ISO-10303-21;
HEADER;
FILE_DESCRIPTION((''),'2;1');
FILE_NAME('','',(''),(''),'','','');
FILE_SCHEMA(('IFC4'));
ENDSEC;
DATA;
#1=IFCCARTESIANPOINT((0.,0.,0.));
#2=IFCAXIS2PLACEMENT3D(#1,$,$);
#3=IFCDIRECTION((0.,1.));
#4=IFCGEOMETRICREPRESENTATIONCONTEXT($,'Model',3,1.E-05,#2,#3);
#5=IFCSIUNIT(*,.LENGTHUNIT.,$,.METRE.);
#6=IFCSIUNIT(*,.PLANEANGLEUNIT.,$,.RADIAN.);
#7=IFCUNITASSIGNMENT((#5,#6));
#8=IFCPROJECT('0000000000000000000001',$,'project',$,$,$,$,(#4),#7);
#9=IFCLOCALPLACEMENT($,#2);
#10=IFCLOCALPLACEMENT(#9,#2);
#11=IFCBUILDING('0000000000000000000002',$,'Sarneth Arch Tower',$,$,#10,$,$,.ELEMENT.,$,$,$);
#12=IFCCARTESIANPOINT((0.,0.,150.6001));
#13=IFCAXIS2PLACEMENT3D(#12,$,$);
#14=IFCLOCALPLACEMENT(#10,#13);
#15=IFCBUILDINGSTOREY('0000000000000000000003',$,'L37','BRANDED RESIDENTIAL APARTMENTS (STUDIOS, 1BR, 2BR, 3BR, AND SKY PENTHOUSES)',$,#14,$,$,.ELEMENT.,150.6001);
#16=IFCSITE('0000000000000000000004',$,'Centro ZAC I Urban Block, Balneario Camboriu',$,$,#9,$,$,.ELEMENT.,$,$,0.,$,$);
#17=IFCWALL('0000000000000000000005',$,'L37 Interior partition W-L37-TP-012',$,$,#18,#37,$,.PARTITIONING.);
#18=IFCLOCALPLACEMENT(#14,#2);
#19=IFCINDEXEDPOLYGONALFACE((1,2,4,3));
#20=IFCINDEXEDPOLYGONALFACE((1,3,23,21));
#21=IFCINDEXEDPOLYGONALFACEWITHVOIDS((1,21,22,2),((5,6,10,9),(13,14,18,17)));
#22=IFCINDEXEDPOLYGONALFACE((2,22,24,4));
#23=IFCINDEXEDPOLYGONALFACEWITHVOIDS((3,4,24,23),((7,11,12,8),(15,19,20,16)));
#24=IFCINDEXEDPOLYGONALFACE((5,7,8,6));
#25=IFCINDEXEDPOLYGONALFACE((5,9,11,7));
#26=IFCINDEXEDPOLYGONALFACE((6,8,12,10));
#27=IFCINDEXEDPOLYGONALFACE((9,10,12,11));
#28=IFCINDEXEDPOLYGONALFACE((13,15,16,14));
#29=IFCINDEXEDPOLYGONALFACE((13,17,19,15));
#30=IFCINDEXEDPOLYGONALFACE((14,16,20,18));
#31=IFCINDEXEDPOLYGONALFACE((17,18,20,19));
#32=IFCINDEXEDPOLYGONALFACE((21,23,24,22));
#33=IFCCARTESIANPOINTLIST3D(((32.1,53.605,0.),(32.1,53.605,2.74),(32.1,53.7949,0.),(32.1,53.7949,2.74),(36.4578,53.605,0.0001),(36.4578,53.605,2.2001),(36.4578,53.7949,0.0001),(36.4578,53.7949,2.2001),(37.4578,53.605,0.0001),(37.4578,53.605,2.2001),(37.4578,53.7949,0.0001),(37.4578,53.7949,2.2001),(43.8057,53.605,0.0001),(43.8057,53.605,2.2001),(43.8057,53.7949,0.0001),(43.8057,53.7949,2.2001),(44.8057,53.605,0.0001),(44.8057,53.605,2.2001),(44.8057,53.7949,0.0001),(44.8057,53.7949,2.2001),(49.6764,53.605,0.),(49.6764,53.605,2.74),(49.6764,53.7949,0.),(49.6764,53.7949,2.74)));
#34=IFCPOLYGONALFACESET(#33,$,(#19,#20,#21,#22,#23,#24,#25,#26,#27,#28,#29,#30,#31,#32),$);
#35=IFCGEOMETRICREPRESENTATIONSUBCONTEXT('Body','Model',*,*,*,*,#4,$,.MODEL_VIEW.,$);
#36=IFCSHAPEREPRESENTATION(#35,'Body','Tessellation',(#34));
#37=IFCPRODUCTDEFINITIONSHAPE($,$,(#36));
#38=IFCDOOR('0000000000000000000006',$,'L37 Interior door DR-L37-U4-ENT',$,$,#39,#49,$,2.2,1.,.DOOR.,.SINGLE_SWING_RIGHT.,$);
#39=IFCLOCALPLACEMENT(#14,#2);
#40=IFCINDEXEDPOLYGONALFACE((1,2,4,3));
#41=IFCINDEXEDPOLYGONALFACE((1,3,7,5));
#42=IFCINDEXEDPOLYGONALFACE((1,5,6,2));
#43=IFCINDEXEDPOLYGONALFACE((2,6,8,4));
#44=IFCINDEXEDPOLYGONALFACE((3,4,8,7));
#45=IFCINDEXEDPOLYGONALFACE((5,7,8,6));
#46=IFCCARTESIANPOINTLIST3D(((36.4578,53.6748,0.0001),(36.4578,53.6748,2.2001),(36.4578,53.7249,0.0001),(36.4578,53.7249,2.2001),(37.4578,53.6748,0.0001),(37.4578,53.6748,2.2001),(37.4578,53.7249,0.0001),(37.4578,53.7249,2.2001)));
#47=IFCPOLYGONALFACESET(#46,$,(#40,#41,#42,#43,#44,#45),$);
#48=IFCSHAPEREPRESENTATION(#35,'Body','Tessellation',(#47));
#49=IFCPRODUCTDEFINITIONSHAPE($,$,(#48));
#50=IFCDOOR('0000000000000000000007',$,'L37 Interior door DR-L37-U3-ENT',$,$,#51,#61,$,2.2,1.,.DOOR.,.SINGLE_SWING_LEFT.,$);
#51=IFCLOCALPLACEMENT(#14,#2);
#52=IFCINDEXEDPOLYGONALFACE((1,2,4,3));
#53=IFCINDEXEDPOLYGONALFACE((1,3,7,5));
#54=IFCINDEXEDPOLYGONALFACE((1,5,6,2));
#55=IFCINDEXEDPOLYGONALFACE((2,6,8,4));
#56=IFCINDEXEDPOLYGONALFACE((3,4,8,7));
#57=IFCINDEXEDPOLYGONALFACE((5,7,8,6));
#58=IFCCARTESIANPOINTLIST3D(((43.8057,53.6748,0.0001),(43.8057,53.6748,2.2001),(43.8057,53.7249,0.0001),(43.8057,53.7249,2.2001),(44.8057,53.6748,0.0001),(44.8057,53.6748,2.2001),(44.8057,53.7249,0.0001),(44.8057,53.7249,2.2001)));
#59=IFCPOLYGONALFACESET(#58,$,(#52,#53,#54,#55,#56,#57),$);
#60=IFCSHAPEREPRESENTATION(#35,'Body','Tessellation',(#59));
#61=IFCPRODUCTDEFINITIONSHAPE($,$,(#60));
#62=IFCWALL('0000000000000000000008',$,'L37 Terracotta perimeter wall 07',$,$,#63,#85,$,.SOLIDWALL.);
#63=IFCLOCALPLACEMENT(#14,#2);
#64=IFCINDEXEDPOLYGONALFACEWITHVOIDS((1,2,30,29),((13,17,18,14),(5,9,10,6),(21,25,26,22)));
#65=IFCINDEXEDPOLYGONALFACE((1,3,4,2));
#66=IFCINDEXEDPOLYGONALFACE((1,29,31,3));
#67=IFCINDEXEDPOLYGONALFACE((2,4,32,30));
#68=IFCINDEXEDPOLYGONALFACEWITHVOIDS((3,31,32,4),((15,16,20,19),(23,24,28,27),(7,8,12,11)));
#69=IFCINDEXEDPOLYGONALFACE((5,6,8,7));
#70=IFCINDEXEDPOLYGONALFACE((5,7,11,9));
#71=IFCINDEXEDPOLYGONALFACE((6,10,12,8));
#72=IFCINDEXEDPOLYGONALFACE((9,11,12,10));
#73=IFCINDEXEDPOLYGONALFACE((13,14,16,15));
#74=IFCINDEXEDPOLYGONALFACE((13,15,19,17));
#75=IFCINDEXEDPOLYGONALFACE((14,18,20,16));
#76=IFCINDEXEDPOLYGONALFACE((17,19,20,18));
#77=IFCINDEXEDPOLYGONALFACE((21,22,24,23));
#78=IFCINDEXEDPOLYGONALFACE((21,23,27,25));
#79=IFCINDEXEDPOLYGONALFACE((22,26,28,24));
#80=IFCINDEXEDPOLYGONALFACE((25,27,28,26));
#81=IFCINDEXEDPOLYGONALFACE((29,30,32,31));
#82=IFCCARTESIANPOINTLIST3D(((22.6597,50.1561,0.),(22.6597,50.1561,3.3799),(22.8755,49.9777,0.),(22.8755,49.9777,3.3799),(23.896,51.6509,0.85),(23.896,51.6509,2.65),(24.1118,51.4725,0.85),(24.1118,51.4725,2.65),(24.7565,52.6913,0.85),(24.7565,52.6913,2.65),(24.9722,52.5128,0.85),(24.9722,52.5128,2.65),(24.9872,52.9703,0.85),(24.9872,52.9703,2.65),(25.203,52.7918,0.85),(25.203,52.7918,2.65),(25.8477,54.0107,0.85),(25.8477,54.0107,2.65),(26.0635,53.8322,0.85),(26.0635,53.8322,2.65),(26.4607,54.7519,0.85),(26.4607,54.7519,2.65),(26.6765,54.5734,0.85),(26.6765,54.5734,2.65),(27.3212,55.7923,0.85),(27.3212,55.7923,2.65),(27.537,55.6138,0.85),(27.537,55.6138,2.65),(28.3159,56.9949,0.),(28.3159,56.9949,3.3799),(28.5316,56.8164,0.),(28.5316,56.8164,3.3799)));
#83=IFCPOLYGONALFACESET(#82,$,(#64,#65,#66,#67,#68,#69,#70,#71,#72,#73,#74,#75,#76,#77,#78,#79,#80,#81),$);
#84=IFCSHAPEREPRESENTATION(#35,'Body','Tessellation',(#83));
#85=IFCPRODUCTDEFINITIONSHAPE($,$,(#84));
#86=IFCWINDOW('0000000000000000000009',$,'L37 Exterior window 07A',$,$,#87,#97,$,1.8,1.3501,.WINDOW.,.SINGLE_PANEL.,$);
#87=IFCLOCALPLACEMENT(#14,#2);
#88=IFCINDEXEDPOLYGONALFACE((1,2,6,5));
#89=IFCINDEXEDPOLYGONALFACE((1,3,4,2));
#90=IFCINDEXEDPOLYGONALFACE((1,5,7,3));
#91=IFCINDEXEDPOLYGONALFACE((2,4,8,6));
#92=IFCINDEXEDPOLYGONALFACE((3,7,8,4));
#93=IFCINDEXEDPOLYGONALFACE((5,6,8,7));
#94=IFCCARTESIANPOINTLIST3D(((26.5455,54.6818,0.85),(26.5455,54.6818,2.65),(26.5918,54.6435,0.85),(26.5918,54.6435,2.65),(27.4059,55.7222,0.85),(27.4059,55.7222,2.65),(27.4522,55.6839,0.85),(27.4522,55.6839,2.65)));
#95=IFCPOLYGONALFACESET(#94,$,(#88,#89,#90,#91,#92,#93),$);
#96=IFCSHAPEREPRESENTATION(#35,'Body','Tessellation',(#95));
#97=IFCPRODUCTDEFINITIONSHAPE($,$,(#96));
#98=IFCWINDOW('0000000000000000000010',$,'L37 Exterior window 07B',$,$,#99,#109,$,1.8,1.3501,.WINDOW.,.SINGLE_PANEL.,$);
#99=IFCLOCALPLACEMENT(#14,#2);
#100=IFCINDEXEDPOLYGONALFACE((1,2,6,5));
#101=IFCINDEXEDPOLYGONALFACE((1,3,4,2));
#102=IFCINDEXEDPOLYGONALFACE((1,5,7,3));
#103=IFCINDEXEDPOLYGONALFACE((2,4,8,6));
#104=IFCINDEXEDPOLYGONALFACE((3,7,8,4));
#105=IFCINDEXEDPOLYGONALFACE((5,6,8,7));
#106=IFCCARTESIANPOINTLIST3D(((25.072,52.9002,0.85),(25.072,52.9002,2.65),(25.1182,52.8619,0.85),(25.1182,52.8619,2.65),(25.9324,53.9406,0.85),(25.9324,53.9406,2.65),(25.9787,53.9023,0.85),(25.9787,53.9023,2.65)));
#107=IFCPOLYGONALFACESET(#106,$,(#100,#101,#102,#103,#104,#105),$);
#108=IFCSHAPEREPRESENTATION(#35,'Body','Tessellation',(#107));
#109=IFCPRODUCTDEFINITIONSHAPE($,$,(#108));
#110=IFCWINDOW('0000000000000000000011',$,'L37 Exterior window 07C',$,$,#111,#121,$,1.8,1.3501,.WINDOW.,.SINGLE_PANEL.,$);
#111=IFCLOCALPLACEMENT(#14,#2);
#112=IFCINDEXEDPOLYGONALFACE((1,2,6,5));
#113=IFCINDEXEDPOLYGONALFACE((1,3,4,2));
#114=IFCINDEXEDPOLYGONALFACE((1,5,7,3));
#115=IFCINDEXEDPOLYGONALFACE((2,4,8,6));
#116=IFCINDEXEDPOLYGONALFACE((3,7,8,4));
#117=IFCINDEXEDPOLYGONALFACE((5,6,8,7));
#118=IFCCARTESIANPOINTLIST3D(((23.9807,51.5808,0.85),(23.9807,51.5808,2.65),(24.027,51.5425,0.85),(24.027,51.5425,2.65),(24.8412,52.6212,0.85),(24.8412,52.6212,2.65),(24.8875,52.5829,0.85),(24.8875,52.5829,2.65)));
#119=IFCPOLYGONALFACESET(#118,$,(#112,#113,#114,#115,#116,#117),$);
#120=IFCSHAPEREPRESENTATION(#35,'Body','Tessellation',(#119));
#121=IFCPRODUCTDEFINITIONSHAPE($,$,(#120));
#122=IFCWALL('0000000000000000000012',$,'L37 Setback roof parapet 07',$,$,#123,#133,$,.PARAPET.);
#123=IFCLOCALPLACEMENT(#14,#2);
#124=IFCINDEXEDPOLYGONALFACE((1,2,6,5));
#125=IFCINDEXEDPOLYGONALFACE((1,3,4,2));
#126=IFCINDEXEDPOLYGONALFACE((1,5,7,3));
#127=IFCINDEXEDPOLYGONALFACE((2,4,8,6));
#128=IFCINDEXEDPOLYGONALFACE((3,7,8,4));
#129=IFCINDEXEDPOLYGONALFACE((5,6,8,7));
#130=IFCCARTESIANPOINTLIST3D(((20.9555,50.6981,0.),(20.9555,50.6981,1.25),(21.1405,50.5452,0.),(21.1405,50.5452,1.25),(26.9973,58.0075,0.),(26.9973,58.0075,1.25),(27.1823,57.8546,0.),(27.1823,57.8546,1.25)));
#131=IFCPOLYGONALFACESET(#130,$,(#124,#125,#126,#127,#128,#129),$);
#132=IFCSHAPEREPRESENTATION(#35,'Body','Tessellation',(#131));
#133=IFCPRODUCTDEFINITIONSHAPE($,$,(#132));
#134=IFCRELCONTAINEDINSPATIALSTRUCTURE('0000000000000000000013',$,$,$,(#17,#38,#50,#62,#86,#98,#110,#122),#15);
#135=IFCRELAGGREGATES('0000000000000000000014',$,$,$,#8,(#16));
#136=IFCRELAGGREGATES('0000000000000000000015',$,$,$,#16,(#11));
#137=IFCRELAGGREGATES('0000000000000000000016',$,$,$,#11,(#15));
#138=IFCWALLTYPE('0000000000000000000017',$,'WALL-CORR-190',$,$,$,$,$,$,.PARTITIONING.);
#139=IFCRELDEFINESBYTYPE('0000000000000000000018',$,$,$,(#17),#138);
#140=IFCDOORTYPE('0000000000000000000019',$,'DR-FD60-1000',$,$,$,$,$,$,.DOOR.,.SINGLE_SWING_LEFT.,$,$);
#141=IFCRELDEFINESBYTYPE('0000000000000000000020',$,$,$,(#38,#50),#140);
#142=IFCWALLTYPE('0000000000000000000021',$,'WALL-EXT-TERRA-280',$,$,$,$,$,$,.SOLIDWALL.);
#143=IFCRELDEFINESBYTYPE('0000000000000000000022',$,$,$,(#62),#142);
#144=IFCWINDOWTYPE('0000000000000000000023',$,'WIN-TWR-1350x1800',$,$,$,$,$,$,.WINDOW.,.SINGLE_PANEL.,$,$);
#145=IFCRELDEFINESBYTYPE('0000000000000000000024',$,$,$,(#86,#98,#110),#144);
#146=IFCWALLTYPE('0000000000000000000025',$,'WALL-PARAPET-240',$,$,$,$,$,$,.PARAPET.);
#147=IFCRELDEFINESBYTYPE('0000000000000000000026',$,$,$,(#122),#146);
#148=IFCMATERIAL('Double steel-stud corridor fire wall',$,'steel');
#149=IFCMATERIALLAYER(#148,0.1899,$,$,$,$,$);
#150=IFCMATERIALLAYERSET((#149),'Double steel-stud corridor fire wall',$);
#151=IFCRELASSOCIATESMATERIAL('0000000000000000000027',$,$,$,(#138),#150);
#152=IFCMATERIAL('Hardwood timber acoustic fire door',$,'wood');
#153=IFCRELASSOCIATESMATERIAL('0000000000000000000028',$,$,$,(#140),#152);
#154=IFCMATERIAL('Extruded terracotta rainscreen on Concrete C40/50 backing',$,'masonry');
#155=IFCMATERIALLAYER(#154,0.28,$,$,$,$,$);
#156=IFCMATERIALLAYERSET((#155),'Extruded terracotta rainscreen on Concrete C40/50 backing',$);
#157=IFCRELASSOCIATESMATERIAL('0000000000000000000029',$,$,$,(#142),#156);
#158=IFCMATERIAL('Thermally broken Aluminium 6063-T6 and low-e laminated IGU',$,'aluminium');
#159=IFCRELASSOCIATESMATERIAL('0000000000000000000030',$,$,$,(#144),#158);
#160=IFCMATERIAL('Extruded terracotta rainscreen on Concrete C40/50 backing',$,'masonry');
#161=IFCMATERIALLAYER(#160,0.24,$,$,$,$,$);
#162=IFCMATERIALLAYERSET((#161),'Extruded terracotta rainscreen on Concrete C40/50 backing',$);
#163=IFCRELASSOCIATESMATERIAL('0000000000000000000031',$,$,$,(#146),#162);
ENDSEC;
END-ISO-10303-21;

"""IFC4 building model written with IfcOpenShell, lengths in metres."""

from ifc_helpers import new_model, si_unit, direction, frame, frame_2d, origin, place, context, subcontext, project, spatial, rectangle, extrude, material, layer, layer_set, type_object, element, fill, save


model = new_model("IFC4")

# Units and contexts
model_context = context("Model", 3, precision=1e-05, world=origin(), true_north=direction((0.0, 1.0)))
body_context = subcontext(model_context, "Body", "Model", "MODEL_VIEW")
ifc_project = project(units=[si_unit("LENGTHUNIT", "METRE"), si_unit("PLANEANGLEUNIT", "RADIAN")], contexts=[model_context])

# Site, building, storey
site_placement = place(None, origin())
site = spatial("IfcSite", under=ifc_project, at=site_placement, Name="Centro ZAC I Urban Block, Balneario Camboriu", CompositionType="ELEMENT", RefElevation=0.0)
building_placement = place(site_placement, origin())
building = spatial("IfcBuilding", under=site, at=building_placement, Name="Sarneth Arch Tower", CompositionType="ELEMENT")
storey_placement = place(building_placement, frame((0.0, 0.0, 150.6001)))
storey = spatial("IfcBuildingStorey", under=building, at=storey_placement, Name="L37", Description="BRANDED RESIDENTIAL APARTMENTS (STUDIOS, 1BR, 2BR, 3BR, AND SKY PENTHOUSES)", CompositionType="ELEMENT", Elevation=150.6001)

# Wall, openings, doors
ifc_material_1 = material(Name="Double steel-stud corridor fire wall", Category="steel")
ifc_layer_1 = layer(ifc_material_1, 0.1899)
ifc_layer_set_1 = layer_set([ifc_layer_1], Name="Double steel-stud corridor fire wall")
wall_type_1 = type_object("IfcWallType", Name="WALL-CORR-190", PredefinedType="PARTITIONING", material=ifc_layer_set_1)
wall_1_placement = place(storey_placement, frame((32.1001, 53.7, 0.0), z_axis=(0.0, 0.0, 1.0), x_axis=(1.0, 0.0, 0.0)))
wall_1 = element("IfcWall", 1, at=wall_1_placement, inside=storey, type_object=wall_type_1, Name="L37 Interior partition W-L37-TP-012", PredefinedType="PARTITIONING", context=body_context, shape_type="SweptSolid", body=[
    extrude(rectangle(XDim=17.5764, YDim=0.1899, at=frame_2d((8.7881, 0.0))), origin(), (0.0, 0.0, 1.0), 2.74),
])
opening_1_placement = place(wall_1_placement, frame((4.3577, 0.0, 0.0)))
opening_1 = element("IfcOpeningElement", 2, at=opening_1_placement, cuts=wall_1, PredefinedType="OPENING", context=body_context, shape_type="SweptSolid", body=[
    extrude(rectangle(XDim=1.0, YDim=2.2, at=frame_2d((0.5, 1.1001))), frame((0.0, 0.105, 0.0), z_axis=(0.0, -1.0, 0.0), x_axis=(1.0, 0.0, 0.0)), (0.0, 0.0, 1.0), 0.21),
])
opening_2_placement = place(wall_1_placement, frame((11.7056, 0.0, 0.0)))
opening_2 = element("IfcOpeningElement", 3, at=opening_2_placement, cuts=wall_1, PredefinedType="OPENING", context=body_context, shape_type="SweptSolid", body=[
    extrude(rectangle(XDim=1.0, YDim=2.2, at=frame_2d((0.5, 1.1001))), frame((0.0, 0.105, 0.0), z_axis=(0.0, -1.0, 0.0), x_axis=(1.0, 0.0, 0.0)), (0.0, 0.0, 1.0), 0.21),
])
ifc_material_2 = material(Name="Hardwood timber acoustic fire door", Category="wood")
door_type_1 = type_object("IfcDoorType", Name="DR-FD60-1000", OperationType="SINGLE_SWING_LEFT", PredefinedType="DOOR", material=ifc_material_2)
door_1_placement = place(opening_1_placement, origin())
door_1 = element("IfcDoor", 4, at=door_1_placement, inside=storey, type_object=door_type_1, Name="L37 Interior door DR-L37-U4-ENT", OperationType="SINGLE_SWING_RIGHT", OverallHeight=2.2, OverallWidth=1.0, PredefinedType="DOOR", context=body_context, shape_type="SweptSolid", body=[
    extrude(rectangle(XDim=1.0, YDim=2.2, at=frame_2d((0.5, 1.1001))), frame((0.0, 0.0249, 0.0), z_axis=(0.0, -1.0, 0.0), x_axis=(1.0, 0.0, 0.0)), (0.0, 0.0, 1.0), 0.05),
])
fill(opening_1, door_1)
door_2_placement = place(opening_2_placement, origin())
door_2 = element("IfcDoor", 5, at=door_2_placement, inside=storey, type_object=door_type_1, Name="L37 Interior door DR-L37-U3-ENT", OperationType="SINGLE_SWING_LEFT", OverallHeight=2.2, OverallWidth=1.0, PredefinedType="DOOR", context=body_context, shape_type="SweptSolid", body=[
    extrude(rectangle(XDim=1.0, YDim=2.2, at=frame_2d((0.5, 1.1001))), frame((0.0, 0.0249, 0.0), z_axis=(0.0, -1.0, 0.0), x_axis=(1.0, 0.0, 0.0)), (0.0, 0.0, 1.0), 0.05),
])
fill(opening_2, door_2)

# Wall, openings, windows
ifc_material_3 = material(Name="Extruded terracotta rainscreen on Concrete C40/50 backing", Category="masonry")
ifc_layer_2 = layer(ifc_material_3, 0.28)
ifc_layer_set_2 = layer_set([ifc_layer_2], Name="Extruded terracotta rainscreen on Concrete C40/50 backing")
wall_type_2 = type_object("IfcWallType", Name="WALL-EXT-TERRA-280", PredefinedType="SOLIDWALL", material=ifc_layer_set_2)
wall_2_placement = place(storey_placement, frame((28.4238, 56.9058, 0.0), z_axis=(0.0, 0.0, 1.0), x_axis=(-0.637333, -0.770588, 0.0)))
wall_2 = element("IfcWall", 6, at=wall_2_placement, inside=storey, type_object=wall_type_2, Name="L37 Terracotta perimeter wall 07", PredefinedType="SOLIDWALL", context=body_context, shape_type="SweptSolid", body=[
    extrude(rectangle(XDim=8.8748, YDim=0.28, at=frame_2d((4.4375, 0.0))), origin(), (0.0, 0.0, 1.0), 3.3799),
])
opening_3_placement = place(wall_2_placement, frame((1.5608, 0.0, 0.8501)))
opening_3 = element("IfcOpeningElement", 7, at=opening_3_placement, cuts=wall_2, PredefinedType="OPENING", context=body_context, shape_type="SweptSolid", body=[
    extrude(rectangle(XDim=1.3501, YDim=1.8, at=frame_2d((0.675, 0.8999))), frame((0.0, 0.1499, 0.0), z_axis=(0.0, -1.0, 0.0), x_axis=(1.0, 0.0, 0.0)), (0.0, 0.0, 1.0), 0.3),
])
opening_4_placement = place(wall_2_placement, frame((3.8728, 0.0, 0.8501)))
opening_4 = element("IfcOpeningElement", 8, at=opening_4_placement, cuts=wall_2, PredefinedType="OPENING", context=body_context, shape_type="SweptSolid", body=[
    extrude(rectangle(XDim=1.3501, YDim=1.8, at=frame_2d((0.675, 0.8999))), frame((0.0, 0.1499, 0.0), z_axis=(0.0, -1.0, 0.0), x_axis=(1.0, 0.0, 0.0)), (0.0, 0.0, 1.0), 0.3),
])
opening_5_placement = place(wall_2_placement, frame((5.585, 0.0, 0.8501)))
opening_5 = element("IfcOpeningElement", 9, at=opening_5_placement, cuts=wall_2, PredefinedType="OPENING", context=body_context, shape_type="SweptSolid", body=[
    extrude(rectangle(XDim=1.3501, YDim=1.8, at=frame_2d((0.675, 0.8999))), frame((0.0, 0.1499, 0.0), z_axis=(0.0, -1.0, 0.0), x_axis=(1.0, 0.0, 0.0)), (0.0, 0.0, 1.0), 0.3),
])
ifc_material_4 = material(Name="Thermally broken Aluminium 6063-T6 and low-e laminated IGU", Category="aluminium")
window_type = type_object("IfcWindowType", Name="WIN-TWR-1350x1800", PartitioningType="SINGLE_PANEL", PredefinedType="WINDOW", material=ifc_material_4)
window_1_placement = place(opening_3_placement, origin())
window_1 = element("IfcWindow", 10, at=window_1_placement, inside=storey, type_object=window_type, Name="L37 Exterior window 07A", OverallHeight=1.8, OverallWidth=1.3501, PartitioningType="SINGLE_PANEL", PredefinedType="WINDOW", context=body_context, shape_type="SweptSolid", body=[
    extrude(rectangle(XDim=1.3501, YDim=1.8, at=frame_2d((0.675, 0.8999))), frame((0.0, 0.03, 0.0), z_axis=(0.0, -1.0, 0.0), x_axis=(1.0, 0.0, 0.0)), (0.0, 0.0, 1.0), 0.0601),
])
fill(opening_3, window_1)
window_2_placement = place(opening_4_placement, origin())
window_2 = element("IfcWindow", 11, at=window_2_placement, inside=storey, type_object=window_type, Name="L37 Exterior window 07B", OverallHeight=1.8, OverallWidth=1.3501, PartitioningType="SINGLE_PANEL", PredefinedType="WINDOW", context=body_context, shape_type="SweptSolid", body=[
    extrude(rectangle(XDim=1.3501, YDim=1.8, at=frame_2d((0.675, 0.8999))), frame((0.0, 0.03, 0.0), z_axis=(0.0, -1.0, 0.0), x_axis=(1.0, 0.0, 0.0)), (0.0, 0.0, 1.0), 0.0601),
])
fill(opening_4, window_2)
window_3_placement = place(opening_5_placement, origin())
window_3 = element("IfcWindow", 12, at=window_3_placement, inside=storey, type_object=window_type, Name="L37 Exterior window 07C", OverallHeight=1.8, OverallWidth=1.3501, PartitioningType="SINGLE_PANEL", PredefinedType="WINDOW", context=body_context, shape_type="SweptSolid", body=[
    extrude(rectangle(XDim=1.3501, YDim=1.8, at=frame_2d((0.675, 0.8999))), frame((0.0, 0.03, 0.0), z_axis=(0.0, -1.0, 0.0), x_axis=(1.0, 0.0, 0.0)), (0.0, 0.0, 1.0), 0.0601),
])
fill(opening_5, window_3)

# Wall
ifc_material_5 = material(Name="Extruded terracotta rainscreen on Concrete C40/50 backing", Category="masonry")
ifc_layer_3 = layer(ifc_material_5, 0.24)
ifc_layer_set_3 = layer_set([ifc_layer_3], Name="Extruded terracotta rainscreen on Concrete C40/50 backing")
wall_type_3 = type_object("IfcWallType", Name="WALL-PARAPET-240", PredefinedType="PARAPET", material=ifc_layer_set_3)
wall_3_placement = place(storey_placement, frame((27.0898, 57.9312, 0.0), z_axis=(0.0, 0.0, 1.0), x_axis=(-0.637108, -0.770775, 0.0)))
element("IfcWall", 13, at=wall_3_placement, inside=storey, type_object=wall_type_3, Name="L37 Setback roof parapet 07", PredefinedType="PARAPET", context=body_context, shape_type="SweptSolid", body=[
    extrude(rectangle(XDim=9.4832, YDim=0.24, at=frame_2d((4.7417, 0.0))), origin(), (0.0, 0.0, 1.0), 1.25),
])

save(model, "model.ifc")
